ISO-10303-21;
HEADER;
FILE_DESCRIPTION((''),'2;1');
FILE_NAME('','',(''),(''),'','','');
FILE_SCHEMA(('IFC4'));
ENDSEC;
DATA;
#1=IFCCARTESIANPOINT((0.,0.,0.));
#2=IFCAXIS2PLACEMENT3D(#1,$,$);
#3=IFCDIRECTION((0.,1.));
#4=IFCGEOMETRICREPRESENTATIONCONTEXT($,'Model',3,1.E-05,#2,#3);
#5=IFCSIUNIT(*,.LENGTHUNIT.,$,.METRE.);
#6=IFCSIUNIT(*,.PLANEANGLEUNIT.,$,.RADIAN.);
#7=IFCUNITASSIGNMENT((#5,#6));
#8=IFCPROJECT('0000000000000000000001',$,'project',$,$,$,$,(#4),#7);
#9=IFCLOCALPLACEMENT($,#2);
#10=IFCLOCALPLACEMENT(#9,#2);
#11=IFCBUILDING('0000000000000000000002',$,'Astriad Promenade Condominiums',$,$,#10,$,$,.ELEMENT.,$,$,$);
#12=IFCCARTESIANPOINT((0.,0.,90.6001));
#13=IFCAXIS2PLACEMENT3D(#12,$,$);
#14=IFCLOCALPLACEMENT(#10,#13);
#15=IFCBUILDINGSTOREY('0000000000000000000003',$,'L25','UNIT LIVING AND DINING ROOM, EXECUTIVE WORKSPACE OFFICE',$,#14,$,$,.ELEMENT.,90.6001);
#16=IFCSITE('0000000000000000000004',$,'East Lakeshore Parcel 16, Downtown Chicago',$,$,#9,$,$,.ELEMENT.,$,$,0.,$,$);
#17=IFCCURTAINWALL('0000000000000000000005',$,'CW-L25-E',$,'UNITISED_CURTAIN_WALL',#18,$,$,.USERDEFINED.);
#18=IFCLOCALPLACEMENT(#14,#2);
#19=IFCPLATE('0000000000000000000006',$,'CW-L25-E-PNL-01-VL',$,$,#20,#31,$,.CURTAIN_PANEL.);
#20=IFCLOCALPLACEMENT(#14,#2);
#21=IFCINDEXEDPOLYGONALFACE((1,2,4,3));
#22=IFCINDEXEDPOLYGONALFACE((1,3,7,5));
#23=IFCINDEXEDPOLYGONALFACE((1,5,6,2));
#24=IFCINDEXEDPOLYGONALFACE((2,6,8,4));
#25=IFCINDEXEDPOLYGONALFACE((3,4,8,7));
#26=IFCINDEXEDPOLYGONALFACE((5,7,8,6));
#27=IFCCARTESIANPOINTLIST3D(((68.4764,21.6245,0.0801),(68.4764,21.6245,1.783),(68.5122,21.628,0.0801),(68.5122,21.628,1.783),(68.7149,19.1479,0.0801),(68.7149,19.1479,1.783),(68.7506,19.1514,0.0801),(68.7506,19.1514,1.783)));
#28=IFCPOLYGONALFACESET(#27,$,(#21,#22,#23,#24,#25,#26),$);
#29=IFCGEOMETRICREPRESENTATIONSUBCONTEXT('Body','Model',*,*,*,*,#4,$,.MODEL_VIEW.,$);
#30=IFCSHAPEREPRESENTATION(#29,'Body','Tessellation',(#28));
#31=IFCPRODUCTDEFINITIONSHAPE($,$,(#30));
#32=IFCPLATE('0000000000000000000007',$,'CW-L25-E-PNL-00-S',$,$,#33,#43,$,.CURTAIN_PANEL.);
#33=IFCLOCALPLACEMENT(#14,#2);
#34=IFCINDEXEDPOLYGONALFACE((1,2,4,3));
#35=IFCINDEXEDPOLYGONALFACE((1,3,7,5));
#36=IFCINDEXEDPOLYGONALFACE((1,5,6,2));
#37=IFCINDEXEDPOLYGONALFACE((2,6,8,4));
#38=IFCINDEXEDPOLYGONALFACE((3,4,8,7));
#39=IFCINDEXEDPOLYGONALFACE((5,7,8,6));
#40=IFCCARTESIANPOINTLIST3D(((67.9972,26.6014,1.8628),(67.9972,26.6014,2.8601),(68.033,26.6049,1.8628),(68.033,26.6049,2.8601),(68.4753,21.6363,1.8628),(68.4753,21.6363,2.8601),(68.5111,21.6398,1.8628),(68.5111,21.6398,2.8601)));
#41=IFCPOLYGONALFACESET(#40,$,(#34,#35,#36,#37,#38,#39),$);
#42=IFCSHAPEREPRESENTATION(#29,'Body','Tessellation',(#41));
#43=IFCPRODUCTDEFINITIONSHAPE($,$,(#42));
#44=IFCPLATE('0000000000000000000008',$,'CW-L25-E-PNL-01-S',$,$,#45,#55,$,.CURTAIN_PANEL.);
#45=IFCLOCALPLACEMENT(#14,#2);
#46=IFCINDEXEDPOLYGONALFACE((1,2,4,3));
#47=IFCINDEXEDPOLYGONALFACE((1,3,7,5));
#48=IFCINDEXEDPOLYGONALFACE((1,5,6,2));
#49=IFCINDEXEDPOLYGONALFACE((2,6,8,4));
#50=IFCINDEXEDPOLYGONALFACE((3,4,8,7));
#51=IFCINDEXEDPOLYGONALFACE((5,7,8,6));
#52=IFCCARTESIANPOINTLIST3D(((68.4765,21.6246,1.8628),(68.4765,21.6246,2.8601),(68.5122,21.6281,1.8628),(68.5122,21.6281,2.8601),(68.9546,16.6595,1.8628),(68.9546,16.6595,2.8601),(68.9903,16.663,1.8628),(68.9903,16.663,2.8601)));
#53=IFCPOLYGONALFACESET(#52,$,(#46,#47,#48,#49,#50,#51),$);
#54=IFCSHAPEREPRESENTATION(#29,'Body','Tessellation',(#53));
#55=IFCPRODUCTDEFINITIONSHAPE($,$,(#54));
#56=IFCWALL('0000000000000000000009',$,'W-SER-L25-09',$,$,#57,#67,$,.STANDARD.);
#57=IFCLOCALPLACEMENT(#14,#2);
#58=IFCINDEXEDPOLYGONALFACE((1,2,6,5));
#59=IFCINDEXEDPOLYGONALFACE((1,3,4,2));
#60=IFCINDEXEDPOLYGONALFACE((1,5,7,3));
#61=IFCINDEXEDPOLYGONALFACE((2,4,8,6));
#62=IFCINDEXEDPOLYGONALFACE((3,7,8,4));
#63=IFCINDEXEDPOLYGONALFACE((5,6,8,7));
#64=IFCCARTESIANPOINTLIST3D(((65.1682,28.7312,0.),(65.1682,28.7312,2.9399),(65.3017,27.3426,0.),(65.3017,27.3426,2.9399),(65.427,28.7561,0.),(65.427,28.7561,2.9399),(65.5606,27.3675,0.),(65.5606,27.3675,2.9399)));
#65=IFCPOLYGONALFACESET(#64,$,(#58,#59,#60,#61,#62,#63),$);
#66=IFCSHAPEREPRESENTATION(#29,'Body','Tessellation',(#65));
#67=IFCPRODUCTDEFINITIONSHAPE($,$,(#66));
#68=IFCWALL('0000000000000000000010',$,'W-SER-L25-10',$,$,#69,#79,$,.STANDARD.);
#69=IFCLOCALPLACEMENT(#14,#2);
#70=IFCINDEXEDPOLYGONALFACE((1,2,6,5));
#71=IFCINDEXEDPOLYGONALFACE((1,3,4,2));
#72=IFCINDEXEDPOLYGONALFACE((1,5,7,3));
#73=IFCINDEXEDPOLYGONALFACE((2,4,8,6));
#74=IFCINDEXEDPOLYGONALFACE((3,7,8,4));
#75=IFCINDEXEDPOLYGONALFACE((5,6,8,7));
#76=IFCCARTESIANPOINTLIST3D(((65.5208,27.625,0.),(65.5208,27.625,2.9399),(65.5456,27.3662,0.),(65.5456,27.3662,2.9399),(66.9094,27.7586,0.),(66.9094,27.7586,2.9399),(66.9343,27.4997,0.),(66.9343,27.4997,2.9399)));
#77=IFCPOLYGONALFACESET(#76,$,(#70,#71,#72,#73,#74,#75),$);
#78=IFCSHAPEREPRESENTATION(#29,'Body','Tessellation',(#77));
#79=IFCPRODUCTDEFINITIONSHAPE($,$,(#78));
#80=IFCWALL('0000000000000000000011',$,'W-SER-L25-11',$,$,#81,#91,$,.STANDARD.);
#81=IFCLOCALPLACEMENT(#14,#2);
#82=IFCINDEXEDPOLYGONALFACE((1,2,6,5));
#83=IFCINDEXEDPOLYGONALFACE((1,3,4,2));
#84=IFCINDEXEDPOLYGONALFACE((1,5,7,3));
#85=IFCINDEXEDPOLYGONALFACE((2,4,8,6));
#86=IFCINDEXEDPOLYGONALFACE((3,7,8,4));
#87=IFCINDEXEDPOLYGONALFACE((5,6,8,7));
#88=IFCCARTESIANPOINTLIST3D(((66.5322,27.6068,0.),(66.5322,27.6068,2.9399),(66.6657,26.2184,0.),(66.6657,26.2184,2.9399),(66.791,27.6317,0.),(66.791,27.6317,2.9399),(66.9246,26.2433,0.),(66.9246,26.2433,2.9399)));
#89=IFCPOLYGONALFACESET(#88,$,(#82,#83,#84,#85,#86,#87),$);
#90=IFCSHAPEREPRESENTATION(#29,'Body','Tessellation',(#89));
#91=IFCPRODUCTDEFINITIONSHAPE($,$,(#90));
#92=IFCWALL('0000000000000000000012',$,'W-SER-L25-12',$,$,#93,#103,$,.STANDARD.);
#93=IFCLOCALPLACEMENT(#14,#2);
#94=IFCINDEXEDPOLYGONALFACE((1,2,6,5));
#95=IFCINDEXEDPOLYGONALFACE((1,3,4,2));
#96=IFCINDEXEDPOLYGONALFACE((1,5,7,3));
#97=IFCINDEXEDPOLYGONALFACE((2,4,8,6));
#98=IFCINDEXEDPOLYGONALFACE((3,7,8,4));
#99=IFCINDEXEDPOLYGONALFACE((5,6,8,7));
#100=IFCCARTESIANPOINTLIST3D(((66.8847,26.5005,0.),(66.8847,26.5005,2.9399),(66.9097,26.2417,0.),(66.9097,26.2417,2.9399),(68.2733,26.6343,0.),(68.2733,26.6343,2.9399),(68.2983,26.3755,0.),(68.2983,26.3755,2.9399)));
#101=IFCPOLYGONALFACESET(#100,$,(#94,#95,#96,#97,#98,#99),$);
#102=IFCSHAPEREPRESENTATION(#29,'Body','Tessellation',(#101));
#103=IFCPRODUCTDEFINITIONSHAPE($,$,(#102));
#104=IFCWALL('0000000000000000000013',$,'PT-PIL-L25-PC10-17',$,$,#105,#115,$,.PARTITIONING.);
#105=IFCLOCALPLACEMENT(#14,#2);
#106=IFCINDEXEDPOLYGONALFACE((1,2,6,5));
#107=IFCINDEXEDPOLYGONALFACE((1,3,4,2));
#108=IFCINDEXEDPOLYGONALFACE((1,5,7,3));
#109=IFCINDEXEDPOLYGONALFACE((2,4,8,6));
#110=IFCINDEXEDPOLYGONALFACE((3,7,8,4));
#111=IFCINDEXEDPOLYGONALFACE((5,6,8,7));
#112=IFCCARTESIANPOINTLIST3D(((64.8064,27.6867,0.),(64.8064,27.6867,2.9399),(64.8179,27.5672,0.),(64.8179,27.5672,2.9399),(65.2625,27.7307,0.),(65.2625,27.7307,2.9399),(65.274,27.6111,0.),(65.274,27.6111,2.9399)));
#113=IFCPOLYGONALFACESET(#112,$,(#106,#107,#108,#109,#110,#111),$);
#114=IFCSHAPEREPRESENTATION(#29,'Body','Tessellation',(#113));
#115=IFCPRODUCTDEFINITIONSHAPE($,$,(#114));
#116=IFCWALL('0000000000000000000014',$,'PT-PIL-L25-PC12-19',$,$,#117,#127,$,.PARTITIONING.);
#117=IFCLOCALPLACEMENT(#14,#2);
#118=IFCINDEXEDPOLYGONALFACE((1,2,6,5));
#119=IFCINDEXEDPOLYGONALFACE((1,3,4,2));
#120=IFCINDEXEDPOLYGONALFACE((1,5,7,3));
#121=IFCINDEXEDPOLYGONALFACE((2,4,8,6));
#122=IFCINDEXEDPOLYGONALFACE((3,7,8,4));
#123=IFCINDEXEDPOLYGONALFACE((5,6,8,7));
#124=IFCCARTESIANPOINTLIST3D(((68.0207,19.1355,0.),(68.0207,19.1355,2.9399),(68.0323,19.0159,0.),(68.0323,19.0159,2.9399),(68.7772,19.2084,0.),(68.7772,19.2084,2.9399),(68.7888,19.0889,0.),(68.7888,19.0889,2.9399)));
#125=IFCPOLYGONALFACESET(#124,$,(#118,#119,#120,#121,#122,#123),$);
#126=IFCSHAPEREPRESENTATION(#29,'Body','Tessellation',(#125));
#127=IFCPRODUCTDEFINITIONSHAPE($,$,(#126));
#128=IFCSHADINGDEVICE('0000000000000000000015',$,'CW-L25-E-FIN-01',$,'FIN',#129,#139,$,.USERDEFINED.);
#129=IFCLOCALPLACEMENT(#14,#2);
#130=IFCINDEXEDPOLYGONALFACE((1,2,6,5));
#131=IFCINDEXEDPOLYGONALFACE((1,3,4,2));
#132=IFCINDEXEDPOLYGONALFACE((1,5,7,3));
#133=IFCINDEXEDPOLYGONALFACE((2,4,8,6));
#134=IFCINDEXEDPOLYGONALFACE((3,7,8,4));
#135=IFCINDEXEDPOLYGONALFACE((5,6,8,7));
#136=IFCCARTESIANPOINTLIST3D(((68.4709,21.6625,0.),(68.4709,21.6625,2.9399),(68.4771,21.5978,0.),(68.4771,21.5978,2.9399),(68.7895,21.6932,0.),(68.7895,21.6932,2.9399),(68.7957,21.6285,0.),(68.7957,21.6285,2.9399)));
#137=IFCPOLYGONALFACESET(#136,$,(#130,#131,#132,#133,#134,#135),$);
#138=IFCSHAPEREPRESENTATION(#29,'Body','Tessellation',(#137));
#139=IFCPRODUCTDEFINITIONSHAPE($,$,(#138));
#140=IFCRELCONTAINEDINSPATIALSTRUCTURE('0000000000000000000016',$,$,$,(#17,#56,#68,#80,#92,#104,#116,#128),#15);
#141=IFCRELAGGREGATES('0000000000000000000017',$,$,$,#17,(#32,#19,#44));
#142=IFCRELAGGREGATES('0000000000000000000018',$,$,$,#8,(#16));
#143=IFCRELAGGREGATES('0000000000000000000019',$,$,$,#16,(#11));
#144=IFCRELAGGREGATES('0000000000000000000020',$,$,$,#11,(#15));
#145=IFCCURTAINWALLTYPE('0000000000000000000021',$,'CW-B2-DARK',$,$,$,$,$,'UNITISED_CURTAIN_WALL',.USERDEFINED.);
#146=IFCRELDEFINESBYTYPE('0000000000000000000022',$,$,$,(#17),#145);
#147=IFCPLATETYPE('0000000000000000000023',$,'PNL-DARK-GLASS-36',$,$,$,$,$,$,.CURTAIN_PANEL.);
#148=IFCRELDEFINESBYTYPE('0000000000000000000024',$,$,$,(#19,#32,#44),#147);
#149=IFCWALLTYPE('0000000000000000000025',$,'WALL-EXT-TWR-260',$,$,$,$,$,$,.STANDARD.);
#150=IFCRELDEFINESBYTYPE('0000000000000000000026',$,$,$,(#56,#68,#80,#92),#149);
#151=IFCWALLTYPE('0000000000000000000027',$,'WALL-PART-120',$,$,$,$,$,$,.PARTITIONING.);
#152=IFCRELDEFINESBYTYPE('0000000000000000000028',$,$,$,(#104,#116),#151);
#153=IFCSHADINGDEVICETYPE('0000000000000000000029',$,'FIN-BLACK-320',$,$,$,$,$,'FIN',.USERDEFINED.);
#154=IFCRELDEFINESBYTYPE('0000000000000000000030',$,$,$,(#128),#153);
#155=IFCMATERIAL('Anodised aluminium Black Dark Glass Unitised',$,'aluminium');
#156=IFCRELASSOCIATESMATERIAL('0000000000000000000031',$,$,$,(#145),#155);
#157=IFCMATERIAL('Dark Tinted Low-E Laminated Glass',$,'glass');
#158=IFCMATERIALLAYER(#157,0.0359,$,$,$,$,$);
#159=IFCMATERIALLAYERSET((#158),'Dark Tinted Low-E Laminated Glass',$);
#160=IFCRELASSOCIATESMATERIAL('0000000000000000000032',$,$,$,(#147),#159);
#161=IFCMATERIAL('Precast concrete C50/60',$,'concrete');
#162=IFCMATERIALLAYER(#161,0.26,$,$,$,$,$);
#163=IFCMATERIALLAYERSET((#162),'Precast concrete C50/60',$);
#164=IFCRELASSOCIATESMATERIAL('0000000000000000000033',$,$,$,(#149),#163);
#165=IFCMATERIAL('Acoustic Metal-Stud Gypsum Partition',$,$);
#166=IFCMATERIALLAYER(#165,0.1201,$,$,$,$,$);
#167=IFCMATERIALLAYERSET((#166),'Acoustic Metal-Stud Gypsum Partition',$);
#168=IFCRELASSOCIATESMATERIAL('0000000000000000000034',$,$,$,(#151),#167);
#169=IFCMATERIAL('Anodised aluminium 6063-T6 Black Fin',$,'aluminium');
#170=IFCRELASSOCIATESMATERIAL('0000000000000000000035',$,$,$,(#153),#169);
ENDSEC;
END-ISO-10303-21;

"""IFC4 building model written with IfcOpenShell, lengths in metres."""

from ifc_helpers import new_model, si_unit, direction, frame, frame_2d, origin, origin_2d, place, context, subcontext, project, spatial, rectangle, extrude, source, transform, mapped, material, layer, layer_set, type_object, type_shapes, element, aggregate, save


model = new_model("IFC4")

# Units and contexts
model_context = context("Model", 3, precision=1e-05, world=origin(), true_north=direction((0.0, 1.0)))
body_context = subcontext(model_context, "Body", "Model", "MODEL_VIEW")
ifc_project = project(units=[si_unit("LENGTHUNIT", "METRE"), si_unit("PLANEANGLEUNIT", "RADIAN")], contexts=[model_context])

# Site, building, storey
site_placement = place(None, origin())
site = spatial("IfcSite", under=ifc_project, at=site_placement, Name="East Lakeshore Parcel 16, Downtown Chicago", CompositionType="ELEMENT", RefElevation=0.0)
building_placement = place(site_placement, origin())
building = spatial("IfcBuilding", under=site, at=building_placement, Name="Astriad Promenade Condominiums", CompositionType="ELEMENT")
storey_placement = place(building_placement, frame((0.0, 0.0, 90.6001)))
storey = spatial("IfcBuildingStorey", under=building, at=storey_placement, Name="L25", Description="UNIT LIVING AND DINING ROOM, EXECUTIVE WORKSPACE OFFICE", CompositionType="ELEMENT", Elevation=90.6001)

# Curtain wall, plates
ifc_material_1 = material(Name="Anodised aluminium Black Dark Glass Unitised", Category="aluminium")
curtain_wall_type = type_object("IfcCurtainWallType", Name="CW-B2-DARK", ElementType="UNITISED_CURTAIN_WALL", PredefinedType="USERDEFINED", material=ifc_material_1)
curtain_wall_placement = place(storey_placement, origin())
curtain_wall = element("IfcCurtainWall", 1, at=curtain_wall_placement, inside=storey, type_object=curtain_wall_type, Name="CW-L25-E", ObjectType="UNITISED_CURTAIN_WALL", PredefinedType="USERDEFINED")
ifc_material_2 = material(Name="Dark Tinted Low-E Laminated Glass", Category="glass")
ifc_layer_1 = layer(ifc_material_2, 0.0359)
ifc_layer_set_1 = layer_set([ifc_layer_1], Name="Dark Tinted Low-E Laminated Glass")
plate_type = type_object("IfcPlateType", Name="PNL-DARK-GLASS-36", PredefinedType="CURTAIN_PANEL", material=ifc_layer_set_1)
shared_shape_1 = source(origin(), body_context, "Body", "SweptSolid", [
    extrude(rectangle(XDim=2.488, YDim=0.0359, at=origin_2d()), origin(), (0.0, 0.0, 1.0), 1.7029),
])
plate_1_placement = place(storey_placement, frame((68.6135, 20.3879, 0.0801), z_axis=(0.0, 0.0, 1.0), x_axis=(0.095846, -0.995396, 0.0)))
plate_1 = element("IfcPlate", 2, at=plate_1_placement, type_object=plate_type, Name="CW-L25-E-PNL-01-VL", PredefinedType="CURTAIN_PANEL", context=body_context, shape_type="MappedRepresentation", body=[
    mapped(shared_shape_1, transform((0.0, 0.0, 0.0), scale=1.0)),
])
shared_shape_2 = source(origin(), body_context, "Body", "SweptSolid", [
    extrude(rectangle(XDim=4.988, YDim=0.0359, at=origin_2d()), origin(), (0.0, 0.0, 1.0), 0.9973),
])
type_shapes(plate_type, [shared_shape_1, shared_shape_2])
plate_2_placement = place(storey_placement, frame((68.2542, 24.1206, 1.8628), z_axis=(0.0, 0.0, 1.0), x_axis=(0.095846, -0.995396, 0.0)))
plate_2 = element("IfcPlate", 3, at=plate_2_placement, type_object=plate_type, Name="CW-L25-E-PNL-00-S", PredefinedType="CURTAIN_PANEL", context=body_context, shape_type="MappedRepresentation", body=[
    mapped(shared_shape_2, transform((0.0, 0.0, 0.0), scale=1.0)),
])
plate_3_placement = place(storey_placement, frame((68.7334, 19.1438, 1.8628), z_axis=(0.0, 0.0, 1.0), x_axis=(0.095846, -0.995396, 0.0)))
plate_3 = element("IfcPlate", 4, at=plate_3_placement, type_object=plate_type, Name="CW-L25-E-PNL-01-S", PredefinedType="CURTAIN_PANEL", context=body_context, shape_type="MappedRepresentation", body=[
    mapped(shared_shape_2, transform((0.0, 0.0, 0.0), scale=1.0)),
])
aggregate(curtain_wall, [plate_2, plate_1, plate_3])

# Walls
ifc_material_3 = material(Name="Precast concrete C50/60", Category="concrete")
ifc_layer_2 = layer(ifc_material_3, 0.26)
ifc_layer_set_2 = layer_set([ifc_layer_2], Name="Precast concrete C50/60")
wall_type_1 = type_object("IfcWallType", Name="WALL-EXT-TWR-260", PredefinedType="STANDARD", material=ifc_layer_set_2)
for number, where, z_axis, x_axis, name in (
    (5, (65.2976, 28.7437, 0.0), (0.0, 0.0, 1.0), (0.095726, -0.995408, 0.0), "W-SER-L25-09"),
    (6, (65.5332, 27.4956, 0.0), (0.0, 0.0, 1.0), (0.995408, 0.095726, 0.0), "W-SER-L25-10"),
):
    element("IfcWall", number, at=place(storey_placement, frame(where, z_axis=z_axis, x_axis=x_axis)), inside=storey, type_object=wall_type_1, Name=name, PredefinedType="STANDARD", context=body_context, shape_type="SweptSolid", body=[
        extrude(rectangle(XDim=1.395, YDim=0.26, at=frame_2d((0.6975, 0.0))), origin(), (0.0, 0.0, 1.0), 2.9399),
    ])
wall_1_placement = place(storey_placement, frame((66.6616, 27.6191, 0.0), z_axis=(0.0, 0.0, 1.0), x_axis=(0.095742, -0.995406, 0.0)))
element("IfcWall", 7, at=wall_1_placement, inside=storey, type_object=wall_type_1, Name="W-SER-L25-11", PredefinedType="STANDARD", context=body_context, shape_type="SweptSolid", body=[
    extrude(rectangle(XDim=1.3948, YDim=0.26, at=frame_2d((0.6973, 0.0))), origin(), (0.0, 0.0, 1.0), 2.9399),
])
wall_2_placement = place(storey_placement, frame((66.8972, 26.3711, 0.0), z_axis=(0.0, 0.0, 1.0), x_axis=(0.995391, 0.095899, 0.0)))
element("IfcWall", 8, at=wall_2_placement, inside=storey, type_object=wall_type_1, Name="W-SER-L25-12", PredefinedType="STANDARD", context=body_context, shape_type="SweptSolid", body=[
    extrude(rectangle(XDim=1.395, YDim=0.26, at=frame_2d((0.6975, 0.0))), origin(), (0.0, 0.0, 1.0), 2.9399),
])
ifc_material_4 = material(Name="Acoustic Metal-Stud Gypsum Partition")
ifc_layer_3 = layer(ifc_material_4, 0.1201)
ifc_layer_set_3 = layer_set([ifc_layer_3], Name="Acoustic Metal-Stud Gypsum Partition")
wall_type_2 = type_object("IfcWallType", Name="WALL-PART-120", PredefinedType="PARTITIONING", material=ifc_layer_set_3)
wall_3_placement = place(storey_placement, frame((64.8123, 27.627, 0.0), z_axis=(0.0, 0.0, 1.0), x_axis=(0.995389, 0.095915, 0.0)))
element("IfcWall", 9, at=wall_3_placement, inside=storey, type_object=wall_type_2, Name="PT-PIL-L25-PC10-17", PredefinedType="PARTITIONING", context=body_context, shape_type="SweptSolid", body=[
    extrude(rectangle(XDim=0.4583, YDim=0.1201, at=frame_2d((0.229, 0.0))), origin(), (0.0, 0.0, 1.0), 2.9399),
])
wall_4_placement = place(storey_placement, frame((68.0266, 19.0757, 0.0), z_axis=(0.0, 0.0, 1.0), x_axis=(0.995378, 0.096037, 0.0)))
element("IfcWall", 10, at=wall_4_placement, inside=storey, type_object=wall_type_2, Name="PT-PIL-L25-PC12-19", PredefinedType="PARTITIONING", context=body_context, shape_type="SweptSolid", body=[
    extrude(rectangle(XDim=0.76, YDim=0.1201, at=frame_2d((0.3799, 0.0))), origin(), (0.0, 0.0, 1.0), 2.9399),
])

# Shading device
ifc_material_5 = material(Name="Anodised aluminium 6063-T6 Black Fin", Category="aluminium")
shading_device_type = type_object("IfcShadingDeviceType", Name="FIN-BLACK-320", ElementType="FIN", PredefinedType="USERDEFINED", material=ifc_material_5)
shared_shape_3 = source(origin(), body_context, "Body", "SweptSolid", [
    extrude(rectangle(XDim=0.0649, YDim=0.3201, at=origin_2d()), origin(), (0.0, 0.0, 1.0), 2.9399),
])
type_shapes(shading_device_type, [shared_shape_3])
shading_device_placement = place(storey_placement, frame((68.6333, 21.6455, 0.0), z_axis=(0.0, 0.0, 1.0), x_axis=(0.095846, -0.995396, 0.0)))
element("IfcShadingDevice", 11, at=shading_device_placement, inside=storey, type_object=shading_device_type, Name="CW-L25-E-FIN-01", ObjectType="FIN", PredefinedType="USERDEFINED", context=body_context, shape_type="MappedRepresentation", body=[
    mapped(shared_shape_3, transform((0.0, 0.0, 0.0), scale=1.0)),
])

save(model, "model.ifc")
